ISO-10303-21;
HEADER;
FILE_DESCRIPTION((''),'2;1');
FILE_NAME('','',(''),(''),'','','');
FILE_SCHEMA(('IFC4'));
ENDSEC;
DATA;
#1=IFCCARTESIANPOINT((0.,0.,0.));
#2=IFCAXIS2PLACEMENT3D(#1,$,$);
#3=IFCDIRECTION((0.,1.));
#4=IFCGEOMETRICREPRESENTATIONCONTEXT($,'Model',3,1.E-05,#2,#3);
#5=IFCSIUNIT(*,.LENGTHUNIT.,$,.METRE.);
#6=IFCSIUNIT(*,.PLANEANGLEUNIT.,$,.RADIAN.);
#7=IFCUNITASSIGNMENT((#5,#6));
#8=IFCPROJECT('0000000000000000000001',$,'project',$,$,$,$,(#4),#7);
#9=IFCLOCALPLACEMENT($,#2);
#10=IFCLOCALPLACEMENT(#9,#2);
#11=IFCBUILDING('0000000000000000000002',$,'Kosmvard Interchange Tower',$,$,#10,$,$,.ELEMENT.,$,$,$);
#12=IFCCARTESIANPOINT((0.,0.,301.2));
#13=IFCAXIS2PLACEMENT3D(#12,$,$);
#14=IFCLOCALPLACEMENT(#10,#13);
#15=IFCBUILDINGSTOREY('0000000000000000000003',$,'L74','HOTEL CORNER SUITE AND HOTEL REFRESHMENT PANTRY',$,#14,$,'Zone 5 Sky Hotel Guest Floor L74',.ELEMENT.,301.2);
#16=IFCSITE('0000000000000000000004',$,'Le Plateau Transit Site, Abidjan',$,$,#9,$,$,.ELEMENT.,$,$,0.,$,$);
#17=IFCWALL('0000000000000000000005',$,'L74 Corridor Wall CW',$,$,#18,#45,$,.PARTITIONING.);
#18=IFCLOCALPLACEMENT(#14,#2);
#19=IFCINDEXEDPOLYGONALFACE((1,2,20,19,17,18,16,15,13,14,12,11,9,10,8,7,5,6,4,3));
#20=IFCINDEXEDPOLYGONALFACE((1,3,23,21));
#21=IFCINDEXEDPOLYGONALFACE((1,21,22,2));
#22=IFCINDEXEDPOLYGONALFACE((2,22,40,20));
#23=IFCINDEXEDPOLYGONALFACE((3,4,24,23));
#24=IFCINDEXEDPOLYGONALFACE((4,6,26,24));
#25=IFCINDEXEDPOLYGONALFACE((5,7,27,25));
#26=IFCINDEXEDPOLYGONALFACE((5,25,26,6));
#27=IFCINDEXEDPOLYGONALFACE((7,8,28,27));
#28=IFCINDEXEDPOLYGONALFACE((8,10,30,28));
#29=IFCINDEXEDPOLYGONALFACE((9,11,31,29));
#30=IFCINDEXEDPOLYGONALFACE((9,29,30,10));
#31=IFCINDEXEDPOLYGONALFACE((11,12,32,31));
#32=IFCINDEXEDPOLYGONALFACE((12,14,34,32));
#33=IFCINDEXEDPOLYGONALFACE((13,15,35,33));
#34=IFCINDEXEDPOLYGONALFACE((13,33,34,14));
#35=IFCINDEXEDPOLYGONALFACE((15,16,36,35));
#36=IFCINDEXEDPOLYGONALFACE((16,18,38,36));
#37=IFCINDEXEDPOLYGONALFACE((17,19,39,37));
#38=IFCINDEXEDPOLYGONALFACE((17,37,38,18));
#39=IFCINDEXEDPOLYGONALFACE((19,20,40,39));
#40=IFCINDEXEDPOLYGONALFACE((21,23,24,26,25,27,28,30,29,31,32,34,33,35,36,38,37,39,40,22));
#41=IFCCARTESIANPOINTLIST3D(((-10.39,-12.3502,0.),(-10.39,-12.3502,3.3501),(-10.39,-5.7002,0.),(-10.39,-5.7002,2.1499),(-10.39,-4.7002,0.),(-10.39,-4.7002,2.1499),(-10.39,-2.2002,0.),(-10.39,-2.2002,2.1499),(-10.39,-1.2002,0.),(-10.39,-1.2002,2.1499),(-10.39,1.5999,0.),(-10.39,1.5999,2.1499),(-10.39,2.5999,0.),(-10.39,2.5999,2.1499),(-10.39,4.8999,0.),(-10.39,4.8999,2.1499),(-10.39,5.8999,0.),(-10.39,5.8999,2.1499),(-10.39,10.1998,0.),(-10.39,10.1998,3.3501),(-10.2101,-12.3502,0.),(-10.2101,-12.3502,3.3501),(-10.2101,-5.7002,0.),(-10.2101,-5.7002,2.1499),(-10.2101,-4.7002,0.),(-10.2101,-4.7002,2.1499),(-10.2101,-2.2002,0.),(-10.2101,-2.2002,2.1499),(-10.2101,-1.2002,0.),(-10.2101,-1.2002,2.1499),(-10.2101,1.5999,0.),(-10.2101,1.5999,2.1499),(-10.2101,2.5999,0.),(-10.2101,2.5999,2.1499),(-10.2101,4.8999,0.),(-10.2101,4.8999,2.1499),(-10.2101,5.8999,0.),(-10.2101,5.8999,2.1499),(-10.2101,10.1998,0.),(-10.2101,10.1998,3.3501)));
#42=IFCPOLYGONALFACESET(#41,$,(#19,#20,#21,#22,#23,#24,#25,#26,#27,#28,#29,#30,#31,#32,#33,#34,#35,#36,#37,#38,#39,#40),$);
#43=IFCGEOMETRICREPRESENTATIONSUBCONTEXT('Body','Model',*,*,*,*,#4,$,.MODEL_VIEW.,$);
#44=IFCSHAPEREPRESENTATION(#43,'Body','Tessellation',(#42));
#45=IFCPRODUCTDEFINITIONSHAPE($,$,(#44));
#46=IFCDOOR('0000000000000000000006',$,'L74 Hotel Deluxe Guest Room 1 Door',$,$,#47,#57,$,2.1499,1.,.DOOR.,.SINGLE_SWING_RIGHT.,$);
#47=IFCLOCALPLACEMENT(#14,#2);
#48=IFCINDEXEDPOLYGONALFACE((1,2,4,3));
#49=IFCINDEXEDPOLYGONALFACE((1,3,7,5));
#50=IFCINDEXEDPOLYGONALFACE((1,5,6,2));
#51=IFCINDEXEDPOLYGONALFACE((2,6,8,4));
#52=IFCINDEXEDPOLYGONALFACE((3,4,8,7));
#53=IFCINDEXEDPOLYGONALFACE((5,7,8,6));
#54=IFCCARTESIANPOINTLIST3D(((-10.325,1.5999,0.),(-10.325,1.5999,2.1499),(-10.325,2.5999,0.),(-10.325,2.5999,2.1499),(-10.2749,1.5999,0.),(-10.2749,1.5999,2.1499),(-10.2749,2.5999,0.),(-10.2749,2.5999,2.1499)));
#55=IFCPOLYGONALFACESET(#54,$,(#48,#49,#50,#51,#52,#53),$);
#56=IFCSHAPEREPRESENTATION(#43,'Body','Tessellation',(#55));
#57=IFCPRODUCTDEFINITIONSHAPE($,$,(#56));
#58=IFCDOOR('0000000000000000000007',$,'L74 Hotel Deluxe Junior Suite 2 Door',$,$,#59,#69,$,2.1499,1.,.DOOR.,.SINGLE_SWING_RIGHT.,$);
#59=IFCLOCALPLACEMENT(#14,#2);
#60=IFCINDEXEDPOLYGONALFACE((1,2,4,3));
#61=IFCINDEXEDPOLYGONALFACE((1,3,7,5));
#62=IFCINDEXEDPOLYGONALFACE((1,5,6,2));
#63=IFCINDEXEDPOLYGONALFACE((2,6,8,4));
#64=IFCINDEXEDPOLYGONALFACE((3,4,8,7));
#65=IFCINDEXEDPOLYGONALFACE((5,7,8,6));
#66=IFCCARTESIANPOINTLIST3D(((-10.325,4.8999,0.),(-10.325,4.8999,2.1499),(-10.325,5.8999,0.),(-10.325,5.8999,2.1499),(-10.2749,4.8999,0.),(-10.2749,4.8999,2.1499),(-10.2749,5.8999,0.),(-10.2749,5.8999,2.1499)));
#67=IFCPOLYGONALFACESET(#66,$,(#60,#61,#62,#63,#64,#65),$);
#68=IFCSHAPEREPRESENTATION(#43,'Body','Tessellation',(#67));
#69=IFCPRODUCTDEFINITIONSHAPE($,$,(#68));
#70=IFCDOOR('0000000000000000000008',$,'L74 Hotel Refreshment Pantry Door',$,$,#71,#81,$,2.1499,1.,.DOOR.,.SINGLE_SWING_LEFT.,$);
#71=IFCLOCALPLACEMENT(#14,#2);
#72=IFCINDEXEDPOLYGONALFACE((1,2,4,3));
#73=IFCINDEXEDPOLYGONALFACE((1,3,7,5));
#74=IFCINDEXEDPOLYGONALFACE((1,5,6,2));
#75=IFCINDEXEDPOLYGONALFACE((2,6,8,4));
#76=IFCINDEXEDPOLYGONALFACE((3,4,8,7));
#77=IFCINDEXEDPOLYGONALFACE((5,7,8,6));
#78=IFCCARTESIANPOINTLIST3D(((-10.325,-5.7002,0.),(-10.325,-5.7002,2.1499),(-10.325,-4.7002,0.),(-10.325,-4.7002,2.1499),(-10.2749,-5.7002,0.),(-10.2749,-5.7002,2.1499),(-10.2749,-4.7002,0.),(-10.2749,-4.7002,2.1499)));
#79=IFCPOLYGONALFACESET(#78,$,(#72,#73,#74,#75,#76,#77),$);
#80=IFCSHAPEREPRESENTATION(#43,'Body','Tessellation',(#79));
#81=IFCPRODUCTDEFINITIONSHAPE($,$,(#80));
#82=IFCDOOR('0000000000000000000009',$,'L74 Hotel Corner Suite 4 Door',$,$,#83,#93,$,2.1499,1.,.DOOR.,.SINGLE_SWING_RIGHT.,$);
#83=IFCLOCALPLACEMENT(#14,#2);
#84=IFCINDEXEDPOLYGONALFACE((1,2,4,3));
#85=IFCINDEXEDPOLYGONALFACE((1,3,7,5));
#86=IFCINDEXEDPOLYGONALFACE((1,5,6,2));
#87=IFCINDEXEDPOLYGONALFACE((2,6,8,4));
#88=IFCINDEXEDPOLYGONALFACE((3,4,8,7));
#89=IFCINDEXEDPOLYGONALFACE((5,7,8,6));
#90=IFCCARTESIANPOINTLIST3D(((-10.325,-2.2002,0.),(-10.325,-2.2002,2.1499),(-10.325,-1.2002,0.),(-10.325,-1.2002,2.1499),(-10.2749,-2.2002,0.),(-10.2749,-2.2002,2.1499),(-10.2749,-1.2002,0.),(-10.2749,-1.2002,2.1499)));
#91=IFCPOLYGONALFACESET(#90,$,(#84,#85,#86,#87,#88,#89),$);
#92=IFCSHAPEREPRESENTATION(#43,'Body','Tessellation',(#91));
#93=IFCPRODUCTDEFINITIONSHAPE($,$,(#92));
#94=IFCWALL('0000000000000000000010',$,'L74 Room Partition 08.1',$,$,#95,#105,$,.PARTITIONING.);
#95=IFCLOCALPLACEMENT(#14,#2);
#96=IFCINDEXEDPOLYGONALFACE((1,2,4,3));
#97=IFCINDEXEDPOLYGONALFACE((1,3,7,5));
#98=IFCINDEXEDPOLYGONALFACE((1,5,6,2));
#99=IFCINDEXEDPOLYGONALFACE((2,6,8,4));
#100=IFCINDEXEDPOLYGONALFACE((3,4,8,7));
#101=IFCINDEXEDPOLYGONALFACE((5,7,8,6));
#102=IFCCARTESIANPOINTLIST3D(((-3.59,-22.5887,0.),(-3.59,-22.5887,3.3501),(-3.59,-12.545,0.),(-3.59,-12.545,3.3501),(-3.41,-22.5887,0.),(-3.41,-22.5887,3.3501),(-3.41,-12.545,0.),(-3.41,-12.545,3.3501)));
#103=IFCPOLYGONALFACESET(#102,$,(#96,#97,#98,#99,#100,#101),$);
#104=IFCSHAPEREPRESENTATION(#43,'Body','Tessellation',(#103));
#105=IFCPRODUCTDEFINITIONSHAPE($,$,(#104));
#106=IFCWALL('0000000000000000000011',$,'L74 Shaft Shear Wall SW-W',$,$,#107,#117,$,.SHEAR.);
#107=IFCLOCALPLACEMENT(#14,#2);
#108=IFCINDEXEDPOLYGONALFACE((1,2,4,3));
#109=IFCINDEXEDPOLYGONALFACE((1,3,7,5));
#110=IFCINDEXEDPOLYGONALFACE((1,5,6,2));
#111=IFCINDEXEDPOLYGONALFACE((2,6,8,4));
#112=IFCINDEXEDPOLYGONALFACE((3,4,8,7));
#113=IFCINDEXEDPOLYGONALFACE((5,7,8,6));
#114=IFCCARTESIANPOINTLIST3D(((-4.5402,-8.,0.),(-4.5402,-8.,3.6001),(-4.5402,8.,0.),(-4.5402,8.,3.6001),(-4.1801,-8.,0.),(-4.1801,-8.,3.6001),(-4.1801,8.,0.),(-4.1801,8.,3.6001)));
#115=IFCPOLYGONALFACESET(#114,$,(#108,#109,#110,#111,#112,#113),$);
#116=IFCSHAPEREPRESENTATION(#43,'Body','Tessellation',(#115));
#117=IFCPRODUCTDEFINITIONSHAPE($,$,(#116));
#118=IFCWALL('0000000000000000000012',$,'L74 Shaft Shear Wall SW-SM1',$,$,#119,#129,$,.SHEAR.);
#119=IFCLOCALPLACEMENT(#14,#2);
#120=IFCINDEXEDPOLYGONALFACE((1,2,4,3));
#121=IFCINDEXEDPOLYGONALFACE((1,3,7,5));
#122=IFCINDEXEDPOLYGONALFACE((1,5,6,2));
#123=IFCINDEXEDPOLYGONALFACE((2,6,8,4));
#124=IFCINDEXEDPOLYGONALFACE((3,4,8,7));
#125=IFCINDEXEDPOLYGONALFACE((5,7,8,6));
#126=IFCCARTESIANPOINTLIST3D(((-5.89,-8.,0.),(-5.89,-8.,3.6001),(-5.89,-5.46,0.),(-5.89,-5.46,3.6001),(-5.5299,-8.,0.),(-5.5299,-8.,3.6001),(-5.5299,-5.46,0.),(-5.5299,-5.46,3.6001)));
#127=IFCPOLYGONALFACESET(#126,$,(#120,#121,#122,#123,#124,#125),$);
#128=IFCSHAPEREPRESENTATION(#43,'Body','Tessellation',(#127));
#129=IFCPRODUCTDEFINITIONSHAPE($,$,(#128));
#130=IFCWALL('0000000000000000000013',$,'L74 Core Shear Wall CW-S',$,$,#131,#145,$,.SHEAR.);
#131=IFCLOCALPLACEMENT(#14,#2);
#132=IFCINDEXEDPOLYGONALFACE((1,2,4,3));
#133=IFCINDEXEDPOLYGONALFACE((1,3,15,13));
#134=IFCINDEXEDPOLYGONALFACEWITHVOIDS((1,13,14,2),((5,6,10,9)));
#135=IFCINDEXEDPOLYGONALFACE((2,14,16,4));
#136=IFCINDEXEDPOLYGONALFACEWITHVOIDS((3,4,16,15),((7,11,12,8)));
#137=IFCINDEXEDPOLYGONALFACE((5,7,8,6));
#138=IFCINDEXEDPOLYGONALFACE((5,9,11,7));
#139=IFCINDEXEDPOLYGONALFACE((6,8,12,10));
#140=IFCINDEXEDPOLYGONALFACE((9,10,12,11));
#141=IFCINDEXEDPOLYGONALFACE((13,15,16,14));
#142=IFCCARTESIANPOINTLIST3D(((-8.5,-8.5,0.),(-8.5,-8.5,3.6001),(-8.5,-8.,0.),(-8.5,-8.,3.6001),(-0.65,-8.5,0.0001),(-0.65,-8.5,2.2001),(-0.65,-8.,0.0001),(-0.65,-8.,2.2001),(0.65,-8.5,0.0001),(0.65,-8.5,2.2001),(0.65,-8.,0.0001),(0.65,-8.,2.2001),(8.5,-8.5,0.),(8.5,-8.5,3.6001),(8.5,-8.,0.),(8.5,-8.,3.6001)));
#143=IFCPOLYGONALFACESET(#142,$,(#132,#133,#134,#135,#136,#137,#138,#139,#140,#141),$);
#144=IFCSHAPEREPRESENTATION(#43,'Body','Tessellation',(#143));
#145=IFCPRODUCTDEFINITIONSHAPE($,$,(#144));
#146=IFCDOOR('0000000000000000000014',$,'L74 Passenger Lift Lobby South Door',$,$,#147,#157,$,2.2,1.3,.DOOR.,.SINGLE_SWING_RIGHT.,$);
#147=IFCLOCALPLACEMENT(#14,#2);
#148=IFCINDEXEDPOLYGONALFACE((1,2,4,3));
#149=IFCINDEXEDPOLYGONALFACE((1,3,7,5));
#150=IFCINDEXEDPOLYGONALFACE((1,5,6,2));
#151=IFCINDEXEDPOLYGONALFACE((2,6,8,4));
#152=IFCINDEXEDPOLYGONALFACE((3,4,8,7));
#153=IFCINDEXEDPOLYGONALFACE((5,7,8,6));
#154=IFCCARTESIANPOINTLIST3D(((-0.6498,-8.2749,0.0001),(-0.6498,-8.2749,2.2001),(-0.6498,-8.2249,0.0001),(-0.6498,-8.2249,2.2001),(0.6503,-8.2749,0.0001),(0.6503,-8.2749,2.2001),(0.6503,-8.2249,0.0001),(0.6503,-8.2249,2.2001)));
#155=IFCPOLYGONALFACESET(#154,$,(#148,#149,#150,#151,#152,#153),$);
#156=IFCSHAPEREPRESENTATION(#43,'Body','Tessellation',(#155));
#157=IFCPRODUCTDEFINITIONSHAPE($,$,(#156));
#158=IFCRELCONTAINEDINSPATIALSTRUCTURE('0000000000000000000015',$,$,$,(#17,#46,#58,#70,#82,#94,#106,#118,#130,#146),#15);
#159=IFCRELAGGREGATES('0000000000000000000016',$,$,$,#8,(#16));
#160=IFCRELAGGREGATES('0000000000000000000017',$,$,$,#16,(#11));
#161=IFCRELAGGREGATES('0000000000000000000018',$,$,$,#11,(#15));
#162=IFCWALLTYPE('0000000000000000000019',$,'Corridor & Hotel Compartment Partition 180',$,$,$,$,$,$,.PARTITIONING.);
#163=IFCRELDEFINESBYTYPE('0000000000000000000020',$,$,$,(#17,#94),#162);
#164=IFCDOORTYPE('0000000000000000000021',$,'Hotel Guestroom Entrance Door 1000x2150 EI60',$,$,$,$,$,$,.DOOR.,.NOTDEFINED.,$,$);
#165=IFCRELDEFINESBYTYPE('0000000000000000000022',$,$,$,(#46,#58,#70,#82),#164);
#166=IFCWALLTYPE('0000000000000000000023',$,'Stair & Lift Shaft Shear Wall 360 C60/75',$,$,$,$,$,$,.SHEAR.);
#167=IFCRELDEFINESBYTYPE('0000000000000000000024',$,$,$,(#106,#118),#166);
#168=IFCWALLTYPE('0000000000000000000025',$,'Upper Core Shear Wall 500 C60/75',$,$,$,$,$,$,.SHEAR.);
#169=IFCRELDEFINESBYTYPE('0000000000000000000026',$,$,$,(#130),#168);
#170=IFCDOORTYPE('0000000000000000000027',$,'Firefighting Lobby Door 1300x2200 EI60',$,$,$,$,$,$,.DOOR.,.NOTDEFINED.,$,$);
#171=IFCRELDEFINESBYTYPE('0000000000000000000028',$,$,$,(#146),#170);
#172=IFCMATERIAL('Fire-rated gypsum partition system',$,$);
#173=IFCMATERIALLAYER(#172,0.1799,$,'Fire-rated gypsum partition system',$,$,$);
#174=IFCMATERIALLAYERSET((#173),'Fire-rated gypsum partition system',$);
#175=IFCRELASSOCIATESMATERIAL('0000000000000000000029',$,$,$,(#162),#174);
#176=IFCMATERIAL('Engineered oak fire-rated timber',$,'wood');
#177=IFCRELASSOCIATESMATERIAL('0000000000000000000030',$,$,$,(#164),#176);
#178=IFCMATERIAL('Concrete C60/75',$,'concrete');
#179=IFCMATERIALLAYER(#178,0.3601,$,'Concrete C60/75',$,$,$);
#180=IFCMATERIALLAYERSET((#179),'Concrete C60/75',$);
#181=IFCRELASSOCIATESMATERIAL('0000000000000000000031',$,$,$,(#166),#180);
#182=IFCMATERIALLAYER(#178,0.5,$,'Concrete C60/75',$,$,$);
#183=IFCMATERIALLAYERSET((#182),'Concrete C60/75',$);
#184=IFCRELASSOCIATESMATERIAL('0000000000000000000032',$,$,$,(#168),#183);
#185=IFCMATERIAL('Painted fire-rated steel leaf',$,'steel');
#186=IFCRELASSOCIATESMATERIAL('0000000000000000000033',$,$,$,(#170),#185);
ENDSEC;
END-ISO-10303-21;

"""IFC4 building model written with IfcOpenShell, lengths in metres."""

from ifc_helpers import new_model, si_unit, direction, frame, frame_2d, origin, place, context, subcontext, project, spatial, rectangle, extrude, source, transform, mapped, material, layer, layer_set, type_object, element, fill, save


model = new_model("IFC4")

# Units and contexts
model_context = context("Model", 3, precision=1e-05, world=origin(), true_north=direction((0.0, 1.0)))
body_context = subcontext(model_context, "Body", "Model", "MODEL_VIEW")
ifc_project = project(units=[si_unit("LENGTHUNIT", "METRE"), si_unit("PLANEANGLEUNIT", "RADIAN")], contexts=[model_context])

# Site, building, storey
site_placement = place(None, origin())
site = spatial("IfcSite", under=ifc_project, at=site_placement, Name="Le Plateau Transit Site, Abidjan", CompositionType="ELEMENT", RefElevation=0.0)
building_placement = place(site_placement, origin())
building = spatial("IfcBuilding", under=site, at=building_placement, Name="Kosmvard Interchange Tower", CompositionType="ELEMENT")
storey_placement = place(building_placement, frame((0.0, 0.0, 301.2)))
storey = spatial("IfcBuildingStorey", under=building, at=storey_placement, Name="L74", Description="HOTEL CORNER SUITE AND HOTEL REFRESHMENT PANTRY", LongName="Zone 5 Sky Hotel Guest Floor L74", CompositionType="ELEMENT", Elevation=301.2)

# Wall, openings, doors
ifc_material_1 = material(Name="Fire-rated gypsum partition system")
ifc_layer_1 = layer(ifc_material_1, 0.1799, Name="Fire-rated gypsum partition system")
ifc_layer_set_1 = layer_set([ifc_layer_1], Name="Fire-rated gypsum partition system")
wall_type_1 = type_object("IfcWallType", Name="Corridor & Hotel Compartment Partition 180", PredefinedType="PARTITIONING", material=ifc_layer_set_1)
ifc_material_2 = material(Name="Painted fire-rated steel leaf", Category="steel")
ifc_material_3 = material(Name="Engineered oak fire-rated timber", Category="wood")
door_type_1 = type_object("IfcDoorType", Name="Hotel Guestroom Entrance Door 1000x2150 EI60", OperationType="NOTDEFINED", PredefinedType="DOOR", material=ifc_material_3)
shared_shape_1 = source(origin(), body_context, "Body", "SweptSolid", [
    extrude(rectangle(XDim=1.0, YDim=2.1499, at=frame_2d((0.5, 1.075))), frame((0.0, 0.0249, 0.0), z_axis=(0.0, -1.0, 0.0), x_axis=(1.0, 0.0, 0.0)), (0.0, 0.0, 1.0), 0.05),
])
wall_1_placement = place(storey_placement, frame((-10.3, -12.3501, 0.0), z_axis=(0.0, 0.0, 1.0), x_axis=(0.0, 1.0, 0.0)))
wall_1 = element("IfcWall", 1, at=wall_1_placement, inside=storey, type_object=wall_type_1, Name="L74 Corridor Wall CW", PredefinedType="PARTITIONING", context=body_context, shape_type="SweptSolid", body=[
    extrude(rectangle(XDim=22.55, YDim=0.1799, at=frame_2d((11.2749, 0.0))), origin(), (0.0, 0.0, 1.0), 3.3501),
])
opening_1_placement = place(wall_1_placement, frame((13.95, 0.0, 0.0)))
opening_1 = element("IfcOpeningElement", 2, at=opening_1_placement, cuts=wall_1, PredefinedType="OPENING", context=body_context, shape_type="SweptSolid", body=[
    extrude(rectangle(XDim=1.0, YDim=2.1499, at=frame_2d((0.5, 1.075))), frame((0.0, 0.1001, 0.0), z_axis=(0.0, -1.0, 0.0), x_axis=(1.0, 0.0, 0.0)), (0.0, 0.0, 1.0), 0.2),
])
opening_2_placement = place(wall_1_placement, frame((17.25, 0.0, 0.0)))
opening_2 = element("IfcOpeningElement", 3, at=opening_2_placement, cuts=wall_1, PredefinedType="OPENING", context=body_context, shape_type="SweptSolid", body=[
    extrude(rectangle(XDim=1.0, YDim=2.1499, at=frame_2d((0.5, 1.075))), frame((0.0, 0.1001, 0.0), z_axis=(0.0, -1.0, 0.0), x_axis=(1.0, 0.0, 0.0)), (0.0, 0.0, 1.0), 0.2),
])
opening_3_placement = place(wall_1_placement, frame((6.6499, 0.0, 0.0)))
opening_3 = element("IfcOpeningElement", 4, at=opening_3_placement, cuts=wall_1, PredefinedType="OPENING", context=body_context, shape_type="SweptSolid", body=[
    extrude(rectangle(XDim=1.0, YDim=2.1499, at=frame_2d((0.5, 1.075))), frame((0.0, 0.1001, 0.0), z_axis=(0.0, -1.0, 0.0), x_axis=(1.0, 0.0, 0.0)), (0.0, 0.0, 1.0), 0.2),
])
opening_4_placement = place(wall_1_placement, frame((10.1499, 0.0, 0.0)))
opening_4 = element("IfcOpeningElement", 5, at=opening_4_placement, cuts=wall_1, PredefinedType="OPENING", context=body_context, shape_type="SweptSolid", body=[
    extrude(rectangle(XDim=1.0, YDim=2.1499, at=frame_2d((0.5, 1.075))), frame((0.0, 0.1001, 0.0), z_axis=(0.0, -1.0, 0.0), x_axis=(1.0, 0.0, 0.0)), (0.0, 0.0, 1.0), 0.2),
])
door_1_placement = place(opening_1_placement, origin())
door_1 = element("IfcDoor", 6, at=door_1_placement, inside=storey, type_object=door_type_1, Name="L74 Hotel Deluxe Guest Room 1 Door", OperationType="SINGLE_SWING_RIGHT", OverallHeight=2.1499, OverallWidth=1.0, PredefinedType="DOOR", context=body_context, shape_type="MappedRepresentation", body=[
    mapped(shared_shape_1, transform((0.0, 0.0, 0.0), scale=1.0)),
])
fill(opening_1, door_1)
door_2_placement = place(opening_2_placement, origin())
door_2 = element("IfcDoor", 7, at=door_2_placement, inside=storey, type_object=door_type_1, Name="L74 Hotel Deluxe Junior Suite 2 Door", OperationType="SINGLE_SWING_RIGHT", OverallHeight=2.1499, OverallWidth=1.0, PredefinedType="DOOR", context=body_context, shape_type="MappedRepresentation", body=[
    mapped(shared_shape_1, transform((0.0, 0.0, 0.0), scale=1.0)),
])
fill(opening_2, door_2)
door_3_placement = place(opening_3_placement, origin())
door_3 = element("IfcDoor", 8, at=door_3_placement, inside=storey, type_object=door_type_1, Name="L74 Hotel Refreshment Pantry Door", OperationType="SINGLE_SWING_LEFT", OverallHeight=2.1499, OverallWidth=1.0, PredefinedType="DOOR", context=body_context, shape_type="MappedRepresentation", body=[
    mapped(shared_shape_1, transform((0.0, 0.0, 0.0), scale=1.0)),
])
fill(opening_3, door_3)
door_4_placement = place(opening_4_placement, origin())
door_4 = element("IfcDoor", 9, at=door_4_placement, inside=storey, type_object=door_type_1, Name="L74 Hotel Corner Suite 4 Door", OperationType="SINGLE_SWING_RIGHT", OverallHeight=2.1499, OverallWidth=1.0, PredefinedType="DOOR", context=body_context, shape_type="MappedRepresentation", body=[
    mapped(shared_shape_1, transform((0.0, 0.0, 0.0), scale=1.0)),
])
fill(opening_4, door_4)

# Walls
wall_2_placement = place(storey_placement, frame((-3.5, -12.5449, 0.0), z_axis=(0.0, 0.0, 1.0), x_axis=(0.0, -1.0, 0.0)))
element("IfcWall", 10, at=wall_2_placement, inside=storey, type_object=wall_type_1, Name="L74 Room Partition 08.1", PredefinedType="PARTITIONING", context=body_context, shape_type="SweptSolid", body=[
    extrude(rectangle(XDim=10.0437, YDim=0.1799, at=frame_2d((5.022, 0.0))), origin(), (0.0, 0.0, 1.0), 3.3501),
])
ifc_material_4 = material(Name="Concrete C60/75", Category="concrete")
ifc_layer_2 = layer(ifc_material_4, 0.3601, Name="Concrete C60/75")
ifc_layer_set_2 = layer_set([ifc_layer_2], Name="Concrete C60/75")
wall_type_2 = type_object("IfcWallType", Name="Stair & Lift Shaft Shear Wall 360 C60/75", PredefinedType="SHEAR", material=ifc_layer_set_2)
wall_3_placement = place(storey_placement, frame((-4.3601, -8.0, 0.0), z_axis=(0.0, 0.0, 1.0), x_axis=(0.0, 1.0, 0.0)))
element("IfcWall", 11, at=wall_3_placement, inside=storey, type_object=wall_type_2, Name="L74 Shaft Shear Wall SW-W", PredefinedType="SHEAR", context=body_context, shape_type="SweptSolid", body=[
    extrude(rectangle(XDim=16.0, YDim=0.3601, at=frame_2d((8.0, 0.0))), origin(), (0.0, 0.0, 1.0), 3.6001),
])
wall_4_placement = place(storey_placement, frame((-5.71, -8.0, 0.0), z_axis=(0.0, 0.0, 1.0), x_axis=(0.0, 1.0, 0.0)))
element("IfcWall", 12, at=wall_4_placement, inside=storey, type_object=wall_type_2, Name="L74 Shaft Shear Wall SW-SM1", PredefinedType="SHEAR", context=body_context, shape_type="SweptSolid", body=[
    extrude(rectangle(XDim=2.54, YDim=0.3601, at=frame_2d((1.27, 0.0))), origin(), (0.0, 0.0, 1.0), 3.6001),
])

# Wall, opening, door
ifc_layer_3 = layer(ifc_material_4, 0.5, Name="Concrete C60/75")
ifc_layer_set_3 = layer_set([ifc_layer_3], Name="Concrete C60/75")
wall_type_3 = type_object("IfcWallType", Name="Upper Core Shear Wall 500 C60/75", PredefinedType="SHEAR", material=ifc_layer_set_3)
wall_5_placement = place(storey_placement, frame((-8.5, -8.25, 0.0), z_axis=(0.0, 0.0, 1.0), x_axis=(1.0, 0.0, 0.0)))
wall_5 = element("IfcWall", 13, at=wall_5_placement, inside=storey, type_object=wall_type_3, Name="L74 Core Shear Wall CW-S", PredefinedType="SHEAR", context=body_context, shape_type="SweptSolid", body=[
    extrude(rectangle(XDim=17.0, YDim=0.5, at=frame_2d((8.5, 0.0))), origin(), (0.0, 0.0, 1.0), 3.6001),
])
opening_5_placement = place(wall_5_placement, frame((7.8501, 0.0, 0.0)))
opening_5 = element("IfcOpeningElement", 14, at=opening_5_placement, cuts=wall_5, PredefinedType="OPENING", context=body_context, shape_type="SweptSolid", body=[
    extrude(rectangle(XDim=1.3, YDim=2.2, at=frame_2d((0.6499, 1.1001))), frame((0.0, 0.26, 0.0), z_axis=(0.0, -1.0, 0.0), x_axis=(1.0, 0.0, 0.0)), (0.0, 0.0, 1.0), 0.52),
])
door_type_2 = type_object("IfcDoorType", Name="Firefighting Lobby Door 1300x2200 EI60", OperationType="NOTDEFINED", PredefinedType="DOOR", material=ifc_material_2)
shared_shape_2 = source(origin(), body_context, "Body", "SweptSolid", [
    extrude(rectangle(XDim=1.3, YDim=2.2, at=frame_2d((0.6499, 1.1001))), frame((0.0, 0.0249, 0.0), z_axis=(0.0, -1.0, 0.0), x_axis=(1.0, 0.0, 0.0)), (0.0, 0.0, 1.0), 0.05),
])
door_5_placement = place(opening_5_placement, frame((1.3, 0.0, 0.0), z_axis=(0.0, 0.0, 1.0), x_axis=(-1.0, 0.0, 0.0)))
door_5 = element("IfcDoor", 15, at=door_5_placement, inside=storey, type_object=door_type_2, Name="L74 Passenger Lift Lobby South Door", OperationType="SINGLE_SWING_RIGHT", OverallHeight=2.2, OverallWidth=1.3, PredefinedType="DOOR", context=body_context, shape_type="MappedRepresentation", body=[
    mapped(shared_shape_2, transform((0.0, 0.0, 0.0), scale=1.0)),
])
fill(opening_5, door_5)

save(model, "model.ifc")
